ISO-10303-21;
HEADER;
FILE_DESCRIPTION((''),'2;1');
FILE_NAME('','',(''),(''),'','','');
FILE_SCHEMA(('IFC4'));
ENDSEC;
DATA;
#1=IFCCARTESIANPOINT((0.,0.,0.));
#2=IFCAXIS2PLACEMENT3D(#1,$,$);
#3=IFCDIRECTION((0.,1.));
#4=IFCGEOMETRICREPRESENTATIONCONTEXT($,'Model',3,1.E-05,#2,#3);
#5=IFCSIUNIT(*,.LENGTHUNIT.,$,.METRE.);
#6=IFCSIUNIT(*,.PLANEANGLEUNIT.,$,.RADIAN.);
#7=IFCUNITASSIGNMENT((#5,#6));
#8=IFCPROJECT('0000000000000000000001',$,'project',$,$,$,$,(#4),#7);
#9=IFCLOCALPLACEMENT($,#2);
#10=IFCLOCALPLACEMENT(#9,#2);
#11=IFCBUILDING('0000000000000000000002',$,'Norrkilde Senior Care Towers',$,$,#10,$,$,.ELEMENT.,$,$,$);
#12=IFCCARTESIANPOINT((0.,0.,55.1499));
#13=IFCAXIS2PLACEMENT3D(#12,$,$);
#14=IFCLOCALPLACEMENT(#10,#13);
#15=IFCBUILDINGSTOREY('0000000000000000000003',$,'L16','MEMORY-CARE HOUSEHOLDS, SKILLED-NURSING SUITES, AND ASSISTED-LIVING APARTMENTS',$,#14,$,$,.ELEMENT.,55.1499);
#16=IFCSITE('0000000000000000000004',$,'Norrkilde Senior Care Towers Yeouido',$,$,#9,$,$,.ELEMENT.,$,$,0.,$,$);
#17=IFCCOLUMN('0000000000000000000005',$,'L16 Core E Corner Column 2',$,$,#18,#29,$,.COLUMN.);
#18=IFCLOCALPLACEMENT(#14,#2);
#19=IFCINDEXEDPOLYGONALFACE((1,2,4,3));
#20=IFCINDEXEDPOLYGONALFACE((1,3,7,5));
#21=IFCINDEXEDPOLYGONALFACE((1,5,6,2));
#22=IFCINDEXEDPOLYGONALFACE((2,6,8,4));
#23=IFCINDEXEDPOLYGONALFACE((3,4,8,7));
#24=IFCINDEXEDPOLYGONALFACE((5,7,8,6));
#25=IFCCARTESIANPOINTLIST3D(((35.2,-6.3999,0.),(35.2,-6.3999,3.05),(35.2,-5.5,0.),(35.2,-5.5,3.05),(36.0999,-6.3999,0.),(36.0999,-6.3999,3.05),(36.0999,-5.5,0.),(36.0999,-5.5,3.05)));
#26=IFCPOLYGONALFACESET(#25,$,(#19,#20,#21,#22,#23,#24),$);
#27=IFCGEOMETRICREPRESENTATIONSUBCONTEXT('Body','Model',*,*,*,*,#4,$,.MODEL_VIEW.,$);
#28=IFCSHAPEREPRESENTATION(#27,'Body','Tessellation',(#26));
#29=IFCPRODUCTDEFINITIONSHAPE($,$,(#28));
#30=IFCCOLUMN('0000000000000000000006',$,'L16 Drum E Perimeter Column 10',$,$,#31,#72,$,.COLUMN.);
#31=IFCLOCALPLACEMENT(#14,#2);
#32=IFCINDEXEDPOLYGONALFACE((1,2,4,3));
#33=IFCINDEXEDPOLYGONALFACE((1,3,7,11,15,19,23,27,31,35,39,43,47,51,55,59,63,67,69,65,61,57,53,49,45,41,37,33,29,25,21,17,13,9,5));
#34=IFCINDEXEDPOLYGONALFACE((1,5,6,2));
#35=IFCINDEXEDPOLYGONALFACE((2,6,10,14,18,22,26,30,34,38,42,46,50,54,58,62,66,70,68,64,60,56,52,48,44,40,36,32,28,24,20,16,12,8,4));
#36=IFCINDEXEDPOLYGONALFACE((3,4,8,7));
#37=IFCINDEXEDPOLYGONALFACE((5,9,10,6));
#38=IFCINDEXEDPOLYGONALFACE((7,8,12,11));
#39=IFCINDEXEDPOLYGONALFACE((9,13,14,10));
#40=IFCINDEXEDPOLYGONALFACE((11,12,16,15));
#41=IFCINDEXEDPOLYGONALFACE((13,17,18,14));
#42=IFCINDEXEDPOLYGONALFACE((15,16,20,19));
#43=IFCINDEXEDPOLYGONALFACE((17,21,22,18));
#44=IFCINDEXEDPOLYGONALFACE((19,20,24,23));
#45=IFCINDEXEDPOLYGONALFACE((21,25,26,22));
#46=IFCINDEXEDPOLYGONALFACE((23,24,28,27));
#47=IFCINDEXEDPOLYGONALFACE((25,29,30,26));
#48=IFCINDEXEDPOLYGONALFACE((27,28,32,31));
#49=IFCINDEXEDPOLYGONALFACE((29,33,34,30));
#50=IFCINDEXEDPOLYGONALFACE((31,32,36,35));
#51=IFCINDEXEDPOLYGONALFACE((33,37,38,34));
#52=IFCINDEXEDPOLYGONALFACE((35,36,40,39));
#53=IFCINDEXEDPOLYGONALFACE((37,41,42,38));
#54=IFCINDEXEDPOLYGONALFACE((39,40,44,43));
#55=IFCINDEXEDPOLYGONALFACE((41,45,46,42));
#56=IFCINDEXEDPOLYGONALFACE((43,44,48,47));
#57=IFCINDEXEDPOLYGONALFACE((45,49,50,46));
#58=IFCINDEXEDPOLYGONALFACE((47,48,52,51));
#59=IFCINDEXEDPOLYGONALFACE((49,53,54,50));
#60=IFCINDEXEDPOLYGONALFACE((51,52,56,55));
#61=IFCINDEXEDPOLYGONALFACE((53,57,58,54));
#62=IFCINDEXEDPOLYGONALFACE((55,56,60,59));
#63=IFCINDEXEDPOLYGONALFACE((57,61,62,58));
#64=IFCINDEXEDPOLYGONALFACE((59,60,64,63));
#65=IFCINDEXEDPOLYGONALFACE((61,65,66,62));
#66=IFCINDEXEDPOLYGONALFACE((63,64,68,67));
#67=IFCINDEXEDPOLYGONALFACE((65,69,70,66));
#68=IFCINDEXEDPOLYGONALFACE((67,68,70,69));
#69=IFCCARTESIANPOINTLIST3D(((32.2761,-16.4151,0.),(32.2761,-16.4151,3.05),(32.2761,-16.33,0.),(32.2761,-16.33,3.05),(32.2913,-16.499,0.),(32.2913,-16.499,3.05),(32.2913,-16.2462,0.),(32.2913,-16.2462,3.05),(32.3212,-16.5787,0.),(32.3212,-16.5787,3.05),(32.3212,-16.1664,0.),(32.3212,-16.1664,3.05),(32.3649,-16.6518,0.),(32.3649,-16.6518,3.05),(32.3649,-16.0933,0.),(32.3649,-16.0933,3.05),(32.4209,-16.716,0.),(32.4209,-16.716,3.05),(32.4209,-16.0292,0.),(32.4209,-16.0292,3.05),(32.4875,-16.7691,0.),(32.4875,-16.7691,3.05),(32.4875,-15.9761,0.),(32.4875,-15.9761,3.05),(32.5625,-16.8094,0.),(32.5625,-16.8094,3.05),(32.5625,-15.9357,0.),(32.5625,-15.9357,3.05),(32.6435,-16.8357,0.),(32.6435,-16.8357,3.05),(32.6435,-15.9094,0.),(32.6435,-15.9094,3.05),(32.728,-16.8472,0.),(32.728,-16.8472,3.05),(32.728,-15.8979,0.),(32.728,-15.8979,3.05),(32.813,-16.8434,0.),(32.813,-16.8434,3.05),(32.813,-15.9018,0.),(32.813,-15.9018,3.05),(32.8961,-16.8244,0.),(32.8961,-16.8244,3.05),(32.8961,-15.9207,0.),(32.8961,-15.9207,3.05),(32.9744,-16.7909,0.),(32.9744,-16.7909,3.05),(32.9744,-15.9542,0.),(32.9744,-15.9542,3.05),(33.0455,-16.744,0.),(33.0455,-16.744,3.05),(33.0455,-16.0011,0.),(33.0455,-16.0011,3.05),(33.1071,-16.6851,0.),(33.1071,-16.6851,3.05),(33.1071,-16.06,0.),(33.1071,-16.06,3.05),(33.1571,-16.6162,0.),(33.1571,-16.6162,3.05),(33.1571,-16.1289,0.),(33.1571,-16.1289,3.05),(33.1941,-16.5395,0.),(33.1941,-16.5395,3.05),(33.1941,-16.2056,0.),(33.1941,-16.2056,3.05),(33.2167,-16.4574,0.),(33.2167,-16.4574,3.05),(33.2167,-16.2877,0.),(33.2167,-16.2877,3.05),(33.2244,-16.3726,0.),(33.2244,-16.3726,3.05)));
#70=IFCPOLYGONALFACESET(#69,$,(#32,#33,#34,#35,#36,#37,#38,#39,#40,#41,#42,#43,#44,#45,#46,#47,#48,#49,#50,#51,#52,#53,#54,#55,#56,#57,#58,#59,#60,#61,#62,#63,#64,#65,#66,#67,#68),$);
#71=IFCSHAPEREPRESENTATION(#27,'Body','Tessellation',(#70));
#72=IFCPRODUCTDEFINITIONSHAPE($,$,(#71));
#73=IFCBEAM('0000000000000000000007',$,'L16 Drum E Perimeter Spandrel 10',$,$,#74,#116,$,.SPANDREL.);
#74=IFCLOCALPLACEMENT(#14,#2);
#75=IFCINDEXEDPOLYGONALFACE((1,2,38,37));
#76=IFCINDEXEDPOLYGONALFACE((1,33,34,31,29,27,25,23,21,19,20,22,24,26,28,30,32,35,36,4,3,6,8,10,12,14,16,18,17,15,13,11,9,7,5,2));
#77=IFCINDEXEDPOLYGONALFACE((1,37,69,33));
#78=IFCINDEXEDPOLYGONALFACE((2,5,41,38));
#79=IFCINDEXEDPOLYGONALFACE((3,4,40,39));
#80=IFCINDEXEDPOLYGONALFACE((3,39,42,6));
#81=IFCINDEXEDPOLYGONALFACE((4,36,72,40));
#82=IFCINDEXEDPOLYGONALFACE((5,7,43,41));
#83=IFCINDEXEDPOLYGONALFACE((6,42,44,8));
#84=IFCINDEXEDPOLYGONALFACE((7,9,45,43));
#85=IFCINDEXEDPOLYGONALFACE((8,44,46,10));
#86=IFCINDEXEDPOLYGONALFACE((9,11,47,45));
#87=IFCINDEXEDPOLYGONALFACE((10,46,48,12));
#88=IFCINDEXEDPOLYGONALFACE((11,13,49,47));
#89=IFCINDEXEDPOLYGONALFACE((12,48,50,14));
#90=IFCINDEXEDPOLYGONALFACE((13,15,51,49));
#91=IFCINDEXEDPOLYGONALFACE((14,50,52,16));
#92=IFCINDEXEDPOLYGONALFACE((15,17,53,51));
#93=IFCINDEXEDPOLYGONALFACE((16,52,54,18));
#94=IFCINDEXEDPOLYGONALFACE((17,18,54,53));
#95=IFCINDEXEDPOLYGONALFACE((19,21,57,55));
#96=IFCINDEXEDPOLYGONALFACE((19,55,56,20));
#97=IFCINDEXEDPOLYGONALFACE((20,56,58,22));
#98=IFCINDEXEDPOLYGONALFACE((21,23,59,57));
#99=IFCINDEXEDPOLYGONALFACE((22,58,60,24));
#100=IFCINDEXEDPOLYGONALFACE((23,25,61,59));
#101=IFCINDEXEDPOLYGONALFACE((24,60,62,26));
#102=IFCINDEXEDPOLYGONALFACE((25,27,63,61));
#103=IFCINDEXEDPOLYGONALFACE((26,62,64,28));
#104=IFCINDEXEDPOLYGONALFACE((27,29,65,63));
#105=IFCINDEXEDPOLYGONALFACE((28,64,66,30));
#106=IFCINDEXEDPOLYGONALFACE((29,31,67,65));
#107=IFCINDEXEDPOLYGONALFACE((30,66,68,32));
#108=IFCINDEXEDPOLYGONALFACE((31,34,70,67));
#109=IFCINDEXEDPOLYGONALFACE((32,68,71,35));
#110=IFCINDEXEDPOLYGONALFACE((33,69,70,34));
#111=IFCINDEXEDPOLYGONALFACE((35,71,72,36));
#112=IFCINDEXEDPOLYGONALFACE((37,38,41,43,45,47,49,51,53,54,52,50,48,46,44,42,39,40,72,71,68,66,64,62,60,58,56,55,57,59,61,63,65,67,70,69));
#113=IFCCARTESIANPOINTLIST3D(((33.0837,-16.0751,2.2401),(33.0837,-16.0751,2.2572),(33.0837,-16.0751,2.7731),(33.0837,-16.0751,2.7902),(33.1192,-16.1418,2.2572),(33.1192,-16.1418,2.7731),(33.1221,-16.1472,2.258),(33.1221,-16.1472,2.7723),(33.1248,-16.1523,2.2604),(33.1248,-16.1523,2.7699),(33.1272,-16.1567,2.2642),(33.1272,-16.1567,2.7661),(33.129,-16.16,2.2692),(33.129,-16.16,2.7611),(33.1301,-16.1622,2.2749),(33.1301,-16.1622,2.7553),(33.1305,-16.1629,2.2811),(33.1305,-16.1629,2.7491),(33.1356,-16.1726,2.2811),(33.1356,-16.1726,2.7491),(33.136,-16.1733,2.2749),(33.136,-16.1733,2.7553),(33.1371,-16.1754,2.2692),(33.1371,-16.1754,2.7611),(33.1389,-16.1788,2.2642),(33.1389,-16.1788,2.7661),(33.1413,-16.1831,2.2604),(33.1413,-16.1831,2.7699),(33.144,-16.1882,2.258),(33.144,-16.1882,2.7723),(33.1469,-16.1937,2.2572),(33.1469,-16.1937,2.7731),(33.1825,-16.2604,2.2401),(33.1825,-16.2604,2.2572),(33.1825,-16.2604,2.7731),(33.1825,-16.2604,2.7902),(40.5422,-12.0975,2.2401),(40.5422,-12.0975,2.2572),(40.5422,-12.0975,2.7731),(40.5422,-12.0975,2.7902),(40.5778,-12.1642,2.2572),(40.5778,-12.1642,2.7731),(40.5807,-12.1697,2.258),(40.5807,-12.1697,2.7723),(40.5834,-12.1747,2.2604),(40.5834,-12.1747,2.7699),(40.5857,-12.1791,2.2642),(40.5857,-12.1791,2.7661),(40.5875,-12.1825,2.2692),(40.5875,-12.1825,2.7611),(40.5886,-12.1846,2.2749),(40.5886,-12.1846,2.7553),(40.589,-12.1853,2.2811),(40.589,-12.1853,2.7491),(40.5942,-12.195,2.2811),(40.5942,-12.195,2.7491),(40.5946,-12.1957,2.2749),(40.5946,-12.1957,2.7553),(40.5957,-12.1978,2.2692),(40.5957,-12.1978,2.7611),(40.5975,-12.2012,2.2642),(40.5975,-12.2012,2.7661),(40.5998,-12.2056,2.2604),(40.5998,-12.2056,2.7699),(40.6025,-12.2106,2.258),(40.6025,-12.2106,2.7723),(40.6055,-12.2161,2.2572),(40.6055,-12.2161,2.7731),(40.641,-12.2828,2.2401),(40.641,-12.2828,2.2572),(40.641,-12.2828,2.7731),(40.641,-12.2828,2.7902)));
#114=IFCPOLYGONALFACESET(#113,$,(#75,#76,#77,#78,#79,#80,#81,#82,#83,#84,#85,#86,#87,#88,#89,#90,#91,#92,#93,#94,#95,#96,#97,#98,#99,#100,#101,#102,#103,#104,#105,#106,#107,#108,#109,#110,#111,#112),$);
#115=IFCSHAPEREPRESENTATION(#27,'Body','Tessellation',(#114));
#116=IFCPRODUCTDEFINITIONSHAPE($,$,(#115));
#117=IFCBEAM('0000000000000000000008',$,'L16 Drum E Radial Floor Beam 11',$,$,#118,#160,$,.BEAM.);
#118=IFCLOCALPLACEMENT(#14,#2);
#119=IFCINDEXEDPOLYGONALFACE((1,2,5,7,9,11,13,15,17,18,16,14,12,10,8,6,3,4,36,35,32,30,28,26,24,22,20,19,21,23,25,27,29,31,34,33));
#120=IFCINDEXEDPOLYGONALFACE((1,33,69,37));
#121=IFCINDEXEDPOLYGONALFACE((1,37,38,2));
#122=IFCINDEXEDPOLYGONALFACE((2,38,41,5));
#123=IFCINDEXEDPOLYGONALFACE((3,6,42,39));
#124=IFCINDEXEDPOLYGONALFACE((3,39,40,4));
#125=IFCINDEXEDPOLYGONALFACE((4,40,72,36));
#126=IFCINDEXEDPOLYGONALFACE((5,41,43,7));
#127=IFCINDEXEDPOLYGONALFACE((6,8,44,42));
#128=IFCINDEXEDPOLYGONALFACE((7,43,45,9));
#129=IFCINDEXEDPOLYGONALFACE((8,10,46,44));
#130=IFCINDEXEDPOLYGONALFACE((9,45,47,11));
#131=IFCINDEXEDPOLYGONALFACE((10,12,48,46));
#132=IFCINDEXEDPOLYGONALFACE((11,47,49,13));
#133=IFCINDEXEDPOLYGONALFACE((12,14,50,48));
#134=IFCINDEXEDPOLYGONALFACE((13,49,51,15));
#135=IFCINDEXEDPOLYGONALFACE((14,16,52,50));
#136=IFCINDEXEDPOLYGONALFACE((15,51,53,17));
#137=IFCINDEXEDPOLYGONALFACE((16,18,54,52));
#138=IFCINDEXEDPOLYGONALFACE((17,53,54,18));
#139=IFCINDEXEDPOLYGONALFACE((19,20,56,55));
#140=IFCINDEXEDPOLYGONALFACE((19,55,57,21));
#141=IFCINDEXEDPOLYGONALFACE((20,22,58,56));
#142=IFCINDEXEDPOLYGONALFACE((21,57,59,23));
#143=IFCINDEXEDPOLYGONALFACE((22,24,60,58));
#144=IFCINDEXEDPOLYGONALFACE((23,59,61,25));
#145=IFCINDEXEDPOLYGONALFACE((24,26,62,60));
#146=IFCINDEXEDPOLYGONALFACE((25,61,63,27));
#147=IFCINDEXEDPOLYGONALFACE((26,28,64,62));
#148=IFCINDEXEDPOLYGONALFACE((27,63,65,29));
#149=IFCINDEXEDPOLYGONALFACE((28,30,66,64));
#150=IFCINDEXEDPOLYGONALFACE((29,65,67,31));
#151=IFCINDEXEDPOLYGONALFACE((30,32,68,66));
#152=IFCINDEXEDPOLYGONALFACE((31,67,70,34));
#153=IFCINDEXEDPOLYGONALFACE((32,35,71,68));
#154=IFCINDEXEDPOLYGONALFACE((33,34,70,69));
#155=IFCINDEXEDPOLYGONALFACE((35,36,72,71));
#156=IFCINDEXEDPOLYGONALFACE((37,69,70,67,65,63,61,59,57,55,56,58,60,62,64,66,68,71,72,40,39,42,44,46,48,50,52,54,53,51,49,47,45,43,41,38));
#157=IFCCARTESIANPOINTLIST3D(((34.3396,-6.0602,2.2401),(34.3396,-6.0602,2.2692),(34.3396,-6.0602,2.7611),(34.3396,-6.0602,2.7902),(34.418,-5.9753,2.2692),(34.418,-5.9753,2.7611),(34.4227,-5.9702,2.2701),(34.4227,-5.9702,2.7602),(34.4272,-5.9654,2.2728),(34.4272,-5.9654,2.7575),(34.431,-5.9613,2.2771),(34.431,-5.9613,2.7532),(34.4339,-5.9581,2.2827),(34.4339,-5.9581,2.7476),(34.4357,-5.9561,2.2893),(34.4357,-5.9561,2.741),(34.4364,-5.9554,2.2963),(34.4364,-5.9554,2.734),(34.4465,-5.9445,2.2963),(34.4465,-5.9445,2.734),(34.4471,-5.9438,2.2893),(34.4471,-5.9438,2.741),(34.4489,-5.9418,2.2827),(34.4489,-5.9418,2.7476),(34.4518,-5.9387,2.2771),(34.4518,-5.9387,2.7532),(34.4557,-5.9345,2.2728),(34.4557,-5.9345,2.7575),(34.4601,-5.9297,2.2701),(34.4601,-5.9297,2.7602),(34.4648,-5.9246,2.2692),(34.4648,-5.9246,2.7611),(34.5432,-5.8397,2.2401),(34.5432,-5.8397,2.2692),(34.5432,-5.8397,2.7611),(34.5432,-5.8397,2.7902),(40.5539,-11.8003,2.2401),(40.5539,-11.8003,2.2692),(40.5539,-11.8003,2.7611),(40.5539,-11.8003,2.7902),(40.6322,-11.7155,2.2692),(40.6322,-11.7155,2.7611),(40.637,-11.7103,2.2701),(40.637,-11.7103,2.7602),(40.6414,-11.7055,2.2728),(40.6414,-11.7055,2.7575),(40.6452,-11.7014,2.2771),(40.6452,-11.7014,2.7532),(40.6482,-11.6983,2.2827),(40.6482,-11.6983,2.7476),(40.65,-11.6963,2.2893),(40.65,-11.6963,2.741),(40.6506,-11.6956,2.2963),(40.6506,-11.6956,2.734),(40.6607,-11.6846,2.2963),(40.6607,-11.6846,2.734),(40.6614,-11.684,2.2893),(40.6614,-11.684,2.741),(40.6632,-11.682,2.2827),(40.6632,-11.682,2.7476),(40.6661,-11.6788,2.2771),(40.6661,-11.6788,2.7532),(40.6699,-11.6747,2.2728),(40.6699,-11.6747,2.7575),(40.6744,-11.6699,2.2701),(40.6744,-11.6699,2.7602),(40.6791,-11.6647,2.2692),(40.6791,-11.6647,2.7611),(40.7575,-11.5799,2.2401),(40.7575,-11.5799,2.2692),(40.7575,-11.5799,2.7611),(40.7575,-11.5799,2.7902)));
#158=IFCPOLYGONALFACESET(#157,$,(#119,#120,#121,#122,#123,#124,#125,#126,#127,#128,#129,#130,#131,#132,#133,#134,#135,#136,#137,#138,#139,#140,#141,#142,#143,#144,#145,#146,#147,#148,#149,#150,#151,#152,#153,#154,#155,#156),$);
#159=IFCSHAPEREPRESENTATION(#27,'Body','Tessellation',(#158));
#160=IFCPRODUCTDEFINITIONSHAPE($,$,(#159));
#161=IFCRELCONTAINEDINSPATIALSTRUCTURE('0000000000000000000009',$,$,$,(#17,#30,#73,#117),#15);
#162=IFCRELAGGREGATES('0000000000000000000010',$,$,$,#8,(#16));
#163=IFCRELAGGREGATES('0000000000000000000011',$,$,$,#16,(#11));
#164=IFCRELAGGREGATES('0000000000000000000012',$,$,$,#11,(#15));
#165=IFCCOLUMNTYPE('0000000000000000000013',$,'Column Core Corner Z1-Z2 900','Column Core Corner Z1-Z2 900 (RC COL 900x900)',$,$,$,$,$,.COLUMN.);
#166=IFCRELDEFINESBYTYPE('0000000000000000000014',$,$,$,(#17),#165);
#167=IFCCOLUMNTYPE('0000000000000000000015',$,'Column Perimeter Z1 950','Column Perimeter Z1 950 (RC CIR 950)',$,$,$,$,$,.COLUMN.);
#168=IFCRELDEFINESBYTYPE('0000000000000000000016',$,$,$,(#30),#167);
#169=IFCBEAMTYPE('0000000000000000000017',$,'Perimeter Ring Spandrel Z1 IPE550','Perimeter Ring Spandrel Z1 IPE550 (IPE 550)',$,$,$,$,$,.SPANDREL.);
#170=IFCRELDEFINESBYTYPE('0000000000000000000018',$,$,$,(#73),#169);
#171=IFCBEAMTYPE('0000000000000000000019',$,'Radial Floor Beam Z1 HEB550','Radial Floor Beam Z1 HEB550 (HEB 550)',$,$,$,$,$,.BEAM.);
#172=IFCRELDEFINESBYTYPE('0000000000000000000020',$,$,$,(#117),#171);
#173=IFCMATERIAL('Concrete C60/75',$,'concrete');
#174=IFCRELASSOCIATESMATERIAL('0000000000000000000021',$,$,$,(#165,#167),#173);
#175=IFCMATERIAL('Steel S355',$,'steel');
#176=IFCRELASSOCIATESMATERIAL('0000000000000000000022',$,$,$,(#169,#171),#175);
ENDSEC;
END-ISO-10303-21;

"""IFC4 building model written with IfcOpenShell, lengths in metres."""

from ifc_helpers import new_model, si_unit, direction, frame, origin, origin_2d, place, context, subcontext, project, spatial, rectangle, circle, i_section, extrude, source, transform, mapped, material, material_profile, profile_set, type_object, type_shapes, element, save


model = new_model("IFC4")

# Units and contexts
model_context = context("Model", 3, precision=1e-05, world=origin(), true_north=direction((0.0, 1.0)))
body_context = subcontext(model_context, "Body", "Model", "MODEL_VIEW")
ifc_project = project(units=[si_unit("LENGTHUNIT", "METRE"), si_unit("PLANEANGLEUNIT", "RADIAN")], contexts=[model_context])

# Site, building, storey
site_placement = place(None, origin())
site = spatial("IfcSite", under=ifc_project, at=site_placement, Name="Norrkilde Senior Care Towers Yeouido", CompositionType="ELEMENT", RefElevation=0.0)
building_placement = place(site_placement, origin())
building = spatial("IfcBuilding", under=site, at=building_placement, Name="Norrkilde Senior Care Towers", CompositionType="ELEMENT")
storey_placement = place(building_placement, frame((0.0, 0.0, 55.1499)))
storey = spatial("IfcBuildingStorey", under=building, at=storey_placement, Name="L16", Description="MEMORY-CARE HOUSEHOLDS, SKILLED-NURSING SUITES, AND ASSISTED-LIVING APARTMENTS", CompositionType="ELEMENT", Elevation=55.1499)

# Columns
ifc_material_1 = material(Name="Concrete C60/75", Category="concrete")
ifc_material_profile_1 = material_profile(ifc_material_1, rectangle(XDim=0.8999, YDim=0.8999, at=origin_2d()), Name="RC COL 900x900")
ifc_profile_set_1 = profile_set([ifc_material_profile_1], Name="Concrete C60/75")
column_type_1 = type_object("IfcColumnType", Name="Column Core Corner Z1-Z2 900", Description="Column Core Corner Z1-Z2 900 (RC COL 900x900)", PredefinedType="COLUMN", material=ifc_profile_set_1)
shared_shape_1 = source(origin(), body_context, "Body", "SweptSolid", [
    extrude(rectangle(XDim=0.8999, YDim=0.8999, at=origin_2d()), origin(), (0.0, 0.0, 1.0), 3.05),
])
type_shapes(column_type_1, [shared_shape_1])
column_1_placement = place(storey_placement, frame((35.6499, -5.95, 0.0), z_axis=(0.0, 0.0, 1.0), x_axis=(1.0, 0.0, 0.0)))
element("IfcColumn", 1, at=column_1_placement, inside=storey, type_object=column_type_1, Name="L16 Core E Corner Column 2", PredefinedType="COLUMN", context=body_context, shape_type="MappedRepresentation", body=[
    mapped(shared_shape_1, transform((0.0, 0.0, 0.0), x_axis=(1.0, 0.0, 0.0), y_axis=(0.0, 1.0, 0.0), z_axis=(0.0, 0.0, 1.0), scale=1.0)),
])
ifc_material_profile_2 = material_profile(ifc_material_1, circle(Radius=0.4751, at=origin_2d()), Name="RC CIR 950")
ifc_profile_set_2 = profile_set([ifc_material_profile_2], Name="Concrete C60/75")
column_type_2 = type_object("IfcColumnType", Name="Column Perimeter Z1 950", Description="Column Perimeter Z1 950 (RC CIR 950)", PredefinedType="COLUMN", material=ifc_profile_set_2)
shared_shape_2 = source(origin(), body_context, "Body", "SweptSolid", [
    extrude(circle(Radius=0.4751, at=origin_2d()), origin(), (0.0, 0.0, 1.0), 3.05),
])
type_shapes(column_type_2, [shared_shape_2])
column_2_placement = place(storey_placement, frame((32.7493, -16.3726, 0.0), z_axis=(0.0, 0.0, 1.0), x_axis=(1.0, 0.0, 0.0)))
element("IfcColumn", 2, at=column_2_placement, inside=storey, type_object=column_type_2, Name="L16 Drum E Perimeter Column 10", PredefinedType="COLUMN", context=body_context, shape_type="MappedRepresentation", body=[
    mapped(shared_shape_2, transform((0.0, 0.0, 0.0), x_axis=(1.0, 0.0, 0.0), y_axis=(0.0, 1.0, 0.0), z_axis=(0.0, 0.0, 1.0), scale=1.0)),
])

# Beams
ifc_material_2 = material(Name="Steel S355", Category="steel")
ifc_material_profile_3 = material_profile(ifc_material_2, i_section(OverallWidth=0.21, OverallDepth=0.55, WebThickness=0.011, FlangeThickness=0.0171, FilletRadius=0.0239, at=origin_2d()), Name="IPE 550")
ifc_profile_set_3 = profile_set([ifc_material_profile_3], Name="Steel S355")
beam_type_1 = type_object("IfcBeamType", Name="Perimeter Ring Spandrel Z1 IPE550", Description="Perimeter Ring Spandrel Z1 IPE550 (IPE 550)", PredefinedType="SPANDREL", material=ifc_profile_set_3)
shared_shape_3 = source(origin(), body_context, "Body", "SweptSolid", [
    extrude(i_section(OverallWidth=0.21, OverallDepth=0.55, WebThickness=0.011, FlangeThickness=0.0171, FilletRadius=0.0239, at=origin_2d()), origin(), (0.0, 0.0, 1.0), 8.4529),
])
type_shapes(beam_type_1, [shared_shape_3])
beam_1_placement = place(storey_placement, frame((33.1331, -16.1677, 2.5151), z_axis=(0.882369, 0.470558, 0.0), x_axis=(-0.470558, 0.882369, 0.0)))
element("IfcBeam", 3, at=beam_1_placement, inside=storey, type_object=beam_type_1, Name="L16 Drum E Perimeter Spandrel 10", PredefinedType="SPANDREL", context=body_context, shape_type="MappedRepresentation", body=[
    mapped(shared_shape_3, transform((0.0, 0.0, 0.0), x_axis=(1.0, 0.0, 0.0), y_axis=(0.0, 1.0, 0.0), z_axis=(0.0, 0.0, 1.0), scale=1.0)),
])
ifc_material_profile_4 = material_profile(ifc_material_2, i_section(OverallWidth=0.3, OverallDepth=0.55, WebThickness=0.0149, FlangeThickness=0.0291, FilletRadius=0.0271, at=origin_2d()), Name="HEB 550")
ifc_profile_set_4 = profile_set([ifc_material_profile_4], Name="Steel S355")
beam_type_2 = type_object("IfcBeamType", Name="Radial Floor Beam Z1 HEB550", Description="Radial Floor Beam Z1 HEB550 (HEB 550)", PredefinedType="BEAM", material=ifc_profile_set_4)
shared_shape_4 = source(origin(), body_context, "Body", "SweptSolid", [
    extrude(i_section(OverallWidth=0.3, OverallDepth=0.55, WebThickness=0.0149, FlangeThickness=0.0291, FilletRadius=0.0271, at=origin_2d()), origin(), (0.0, 0.0, 1.0), 8.4597),
])
beam_2_placement = place(storey_placement, frame((34.4414, -5.95, 2.5151), z_axis=(0.734573, -0.678529, 0.0), x_axis=(0.678529, 0.734573, 0.0)))
element("IfcBeam", 4, at=beam_2_placement, inside=storey, type_object=beam_type_2, Name="L16 Drum E Radial Floor Beam 11", PredefinedType="BEAM", context=body_context, shape_type="MappedRepresentation", body=[
    mapped(shared_shape_4, transform((0.0, 0.0, 0.0), x_axis=(1.0, 0.0, 0.0), y_axis=(0.0, 1.0, 0.0), z_axis=(0.0, 0.0, 1.0), scale=1.0)),
])

save(model, "model.ifc")
